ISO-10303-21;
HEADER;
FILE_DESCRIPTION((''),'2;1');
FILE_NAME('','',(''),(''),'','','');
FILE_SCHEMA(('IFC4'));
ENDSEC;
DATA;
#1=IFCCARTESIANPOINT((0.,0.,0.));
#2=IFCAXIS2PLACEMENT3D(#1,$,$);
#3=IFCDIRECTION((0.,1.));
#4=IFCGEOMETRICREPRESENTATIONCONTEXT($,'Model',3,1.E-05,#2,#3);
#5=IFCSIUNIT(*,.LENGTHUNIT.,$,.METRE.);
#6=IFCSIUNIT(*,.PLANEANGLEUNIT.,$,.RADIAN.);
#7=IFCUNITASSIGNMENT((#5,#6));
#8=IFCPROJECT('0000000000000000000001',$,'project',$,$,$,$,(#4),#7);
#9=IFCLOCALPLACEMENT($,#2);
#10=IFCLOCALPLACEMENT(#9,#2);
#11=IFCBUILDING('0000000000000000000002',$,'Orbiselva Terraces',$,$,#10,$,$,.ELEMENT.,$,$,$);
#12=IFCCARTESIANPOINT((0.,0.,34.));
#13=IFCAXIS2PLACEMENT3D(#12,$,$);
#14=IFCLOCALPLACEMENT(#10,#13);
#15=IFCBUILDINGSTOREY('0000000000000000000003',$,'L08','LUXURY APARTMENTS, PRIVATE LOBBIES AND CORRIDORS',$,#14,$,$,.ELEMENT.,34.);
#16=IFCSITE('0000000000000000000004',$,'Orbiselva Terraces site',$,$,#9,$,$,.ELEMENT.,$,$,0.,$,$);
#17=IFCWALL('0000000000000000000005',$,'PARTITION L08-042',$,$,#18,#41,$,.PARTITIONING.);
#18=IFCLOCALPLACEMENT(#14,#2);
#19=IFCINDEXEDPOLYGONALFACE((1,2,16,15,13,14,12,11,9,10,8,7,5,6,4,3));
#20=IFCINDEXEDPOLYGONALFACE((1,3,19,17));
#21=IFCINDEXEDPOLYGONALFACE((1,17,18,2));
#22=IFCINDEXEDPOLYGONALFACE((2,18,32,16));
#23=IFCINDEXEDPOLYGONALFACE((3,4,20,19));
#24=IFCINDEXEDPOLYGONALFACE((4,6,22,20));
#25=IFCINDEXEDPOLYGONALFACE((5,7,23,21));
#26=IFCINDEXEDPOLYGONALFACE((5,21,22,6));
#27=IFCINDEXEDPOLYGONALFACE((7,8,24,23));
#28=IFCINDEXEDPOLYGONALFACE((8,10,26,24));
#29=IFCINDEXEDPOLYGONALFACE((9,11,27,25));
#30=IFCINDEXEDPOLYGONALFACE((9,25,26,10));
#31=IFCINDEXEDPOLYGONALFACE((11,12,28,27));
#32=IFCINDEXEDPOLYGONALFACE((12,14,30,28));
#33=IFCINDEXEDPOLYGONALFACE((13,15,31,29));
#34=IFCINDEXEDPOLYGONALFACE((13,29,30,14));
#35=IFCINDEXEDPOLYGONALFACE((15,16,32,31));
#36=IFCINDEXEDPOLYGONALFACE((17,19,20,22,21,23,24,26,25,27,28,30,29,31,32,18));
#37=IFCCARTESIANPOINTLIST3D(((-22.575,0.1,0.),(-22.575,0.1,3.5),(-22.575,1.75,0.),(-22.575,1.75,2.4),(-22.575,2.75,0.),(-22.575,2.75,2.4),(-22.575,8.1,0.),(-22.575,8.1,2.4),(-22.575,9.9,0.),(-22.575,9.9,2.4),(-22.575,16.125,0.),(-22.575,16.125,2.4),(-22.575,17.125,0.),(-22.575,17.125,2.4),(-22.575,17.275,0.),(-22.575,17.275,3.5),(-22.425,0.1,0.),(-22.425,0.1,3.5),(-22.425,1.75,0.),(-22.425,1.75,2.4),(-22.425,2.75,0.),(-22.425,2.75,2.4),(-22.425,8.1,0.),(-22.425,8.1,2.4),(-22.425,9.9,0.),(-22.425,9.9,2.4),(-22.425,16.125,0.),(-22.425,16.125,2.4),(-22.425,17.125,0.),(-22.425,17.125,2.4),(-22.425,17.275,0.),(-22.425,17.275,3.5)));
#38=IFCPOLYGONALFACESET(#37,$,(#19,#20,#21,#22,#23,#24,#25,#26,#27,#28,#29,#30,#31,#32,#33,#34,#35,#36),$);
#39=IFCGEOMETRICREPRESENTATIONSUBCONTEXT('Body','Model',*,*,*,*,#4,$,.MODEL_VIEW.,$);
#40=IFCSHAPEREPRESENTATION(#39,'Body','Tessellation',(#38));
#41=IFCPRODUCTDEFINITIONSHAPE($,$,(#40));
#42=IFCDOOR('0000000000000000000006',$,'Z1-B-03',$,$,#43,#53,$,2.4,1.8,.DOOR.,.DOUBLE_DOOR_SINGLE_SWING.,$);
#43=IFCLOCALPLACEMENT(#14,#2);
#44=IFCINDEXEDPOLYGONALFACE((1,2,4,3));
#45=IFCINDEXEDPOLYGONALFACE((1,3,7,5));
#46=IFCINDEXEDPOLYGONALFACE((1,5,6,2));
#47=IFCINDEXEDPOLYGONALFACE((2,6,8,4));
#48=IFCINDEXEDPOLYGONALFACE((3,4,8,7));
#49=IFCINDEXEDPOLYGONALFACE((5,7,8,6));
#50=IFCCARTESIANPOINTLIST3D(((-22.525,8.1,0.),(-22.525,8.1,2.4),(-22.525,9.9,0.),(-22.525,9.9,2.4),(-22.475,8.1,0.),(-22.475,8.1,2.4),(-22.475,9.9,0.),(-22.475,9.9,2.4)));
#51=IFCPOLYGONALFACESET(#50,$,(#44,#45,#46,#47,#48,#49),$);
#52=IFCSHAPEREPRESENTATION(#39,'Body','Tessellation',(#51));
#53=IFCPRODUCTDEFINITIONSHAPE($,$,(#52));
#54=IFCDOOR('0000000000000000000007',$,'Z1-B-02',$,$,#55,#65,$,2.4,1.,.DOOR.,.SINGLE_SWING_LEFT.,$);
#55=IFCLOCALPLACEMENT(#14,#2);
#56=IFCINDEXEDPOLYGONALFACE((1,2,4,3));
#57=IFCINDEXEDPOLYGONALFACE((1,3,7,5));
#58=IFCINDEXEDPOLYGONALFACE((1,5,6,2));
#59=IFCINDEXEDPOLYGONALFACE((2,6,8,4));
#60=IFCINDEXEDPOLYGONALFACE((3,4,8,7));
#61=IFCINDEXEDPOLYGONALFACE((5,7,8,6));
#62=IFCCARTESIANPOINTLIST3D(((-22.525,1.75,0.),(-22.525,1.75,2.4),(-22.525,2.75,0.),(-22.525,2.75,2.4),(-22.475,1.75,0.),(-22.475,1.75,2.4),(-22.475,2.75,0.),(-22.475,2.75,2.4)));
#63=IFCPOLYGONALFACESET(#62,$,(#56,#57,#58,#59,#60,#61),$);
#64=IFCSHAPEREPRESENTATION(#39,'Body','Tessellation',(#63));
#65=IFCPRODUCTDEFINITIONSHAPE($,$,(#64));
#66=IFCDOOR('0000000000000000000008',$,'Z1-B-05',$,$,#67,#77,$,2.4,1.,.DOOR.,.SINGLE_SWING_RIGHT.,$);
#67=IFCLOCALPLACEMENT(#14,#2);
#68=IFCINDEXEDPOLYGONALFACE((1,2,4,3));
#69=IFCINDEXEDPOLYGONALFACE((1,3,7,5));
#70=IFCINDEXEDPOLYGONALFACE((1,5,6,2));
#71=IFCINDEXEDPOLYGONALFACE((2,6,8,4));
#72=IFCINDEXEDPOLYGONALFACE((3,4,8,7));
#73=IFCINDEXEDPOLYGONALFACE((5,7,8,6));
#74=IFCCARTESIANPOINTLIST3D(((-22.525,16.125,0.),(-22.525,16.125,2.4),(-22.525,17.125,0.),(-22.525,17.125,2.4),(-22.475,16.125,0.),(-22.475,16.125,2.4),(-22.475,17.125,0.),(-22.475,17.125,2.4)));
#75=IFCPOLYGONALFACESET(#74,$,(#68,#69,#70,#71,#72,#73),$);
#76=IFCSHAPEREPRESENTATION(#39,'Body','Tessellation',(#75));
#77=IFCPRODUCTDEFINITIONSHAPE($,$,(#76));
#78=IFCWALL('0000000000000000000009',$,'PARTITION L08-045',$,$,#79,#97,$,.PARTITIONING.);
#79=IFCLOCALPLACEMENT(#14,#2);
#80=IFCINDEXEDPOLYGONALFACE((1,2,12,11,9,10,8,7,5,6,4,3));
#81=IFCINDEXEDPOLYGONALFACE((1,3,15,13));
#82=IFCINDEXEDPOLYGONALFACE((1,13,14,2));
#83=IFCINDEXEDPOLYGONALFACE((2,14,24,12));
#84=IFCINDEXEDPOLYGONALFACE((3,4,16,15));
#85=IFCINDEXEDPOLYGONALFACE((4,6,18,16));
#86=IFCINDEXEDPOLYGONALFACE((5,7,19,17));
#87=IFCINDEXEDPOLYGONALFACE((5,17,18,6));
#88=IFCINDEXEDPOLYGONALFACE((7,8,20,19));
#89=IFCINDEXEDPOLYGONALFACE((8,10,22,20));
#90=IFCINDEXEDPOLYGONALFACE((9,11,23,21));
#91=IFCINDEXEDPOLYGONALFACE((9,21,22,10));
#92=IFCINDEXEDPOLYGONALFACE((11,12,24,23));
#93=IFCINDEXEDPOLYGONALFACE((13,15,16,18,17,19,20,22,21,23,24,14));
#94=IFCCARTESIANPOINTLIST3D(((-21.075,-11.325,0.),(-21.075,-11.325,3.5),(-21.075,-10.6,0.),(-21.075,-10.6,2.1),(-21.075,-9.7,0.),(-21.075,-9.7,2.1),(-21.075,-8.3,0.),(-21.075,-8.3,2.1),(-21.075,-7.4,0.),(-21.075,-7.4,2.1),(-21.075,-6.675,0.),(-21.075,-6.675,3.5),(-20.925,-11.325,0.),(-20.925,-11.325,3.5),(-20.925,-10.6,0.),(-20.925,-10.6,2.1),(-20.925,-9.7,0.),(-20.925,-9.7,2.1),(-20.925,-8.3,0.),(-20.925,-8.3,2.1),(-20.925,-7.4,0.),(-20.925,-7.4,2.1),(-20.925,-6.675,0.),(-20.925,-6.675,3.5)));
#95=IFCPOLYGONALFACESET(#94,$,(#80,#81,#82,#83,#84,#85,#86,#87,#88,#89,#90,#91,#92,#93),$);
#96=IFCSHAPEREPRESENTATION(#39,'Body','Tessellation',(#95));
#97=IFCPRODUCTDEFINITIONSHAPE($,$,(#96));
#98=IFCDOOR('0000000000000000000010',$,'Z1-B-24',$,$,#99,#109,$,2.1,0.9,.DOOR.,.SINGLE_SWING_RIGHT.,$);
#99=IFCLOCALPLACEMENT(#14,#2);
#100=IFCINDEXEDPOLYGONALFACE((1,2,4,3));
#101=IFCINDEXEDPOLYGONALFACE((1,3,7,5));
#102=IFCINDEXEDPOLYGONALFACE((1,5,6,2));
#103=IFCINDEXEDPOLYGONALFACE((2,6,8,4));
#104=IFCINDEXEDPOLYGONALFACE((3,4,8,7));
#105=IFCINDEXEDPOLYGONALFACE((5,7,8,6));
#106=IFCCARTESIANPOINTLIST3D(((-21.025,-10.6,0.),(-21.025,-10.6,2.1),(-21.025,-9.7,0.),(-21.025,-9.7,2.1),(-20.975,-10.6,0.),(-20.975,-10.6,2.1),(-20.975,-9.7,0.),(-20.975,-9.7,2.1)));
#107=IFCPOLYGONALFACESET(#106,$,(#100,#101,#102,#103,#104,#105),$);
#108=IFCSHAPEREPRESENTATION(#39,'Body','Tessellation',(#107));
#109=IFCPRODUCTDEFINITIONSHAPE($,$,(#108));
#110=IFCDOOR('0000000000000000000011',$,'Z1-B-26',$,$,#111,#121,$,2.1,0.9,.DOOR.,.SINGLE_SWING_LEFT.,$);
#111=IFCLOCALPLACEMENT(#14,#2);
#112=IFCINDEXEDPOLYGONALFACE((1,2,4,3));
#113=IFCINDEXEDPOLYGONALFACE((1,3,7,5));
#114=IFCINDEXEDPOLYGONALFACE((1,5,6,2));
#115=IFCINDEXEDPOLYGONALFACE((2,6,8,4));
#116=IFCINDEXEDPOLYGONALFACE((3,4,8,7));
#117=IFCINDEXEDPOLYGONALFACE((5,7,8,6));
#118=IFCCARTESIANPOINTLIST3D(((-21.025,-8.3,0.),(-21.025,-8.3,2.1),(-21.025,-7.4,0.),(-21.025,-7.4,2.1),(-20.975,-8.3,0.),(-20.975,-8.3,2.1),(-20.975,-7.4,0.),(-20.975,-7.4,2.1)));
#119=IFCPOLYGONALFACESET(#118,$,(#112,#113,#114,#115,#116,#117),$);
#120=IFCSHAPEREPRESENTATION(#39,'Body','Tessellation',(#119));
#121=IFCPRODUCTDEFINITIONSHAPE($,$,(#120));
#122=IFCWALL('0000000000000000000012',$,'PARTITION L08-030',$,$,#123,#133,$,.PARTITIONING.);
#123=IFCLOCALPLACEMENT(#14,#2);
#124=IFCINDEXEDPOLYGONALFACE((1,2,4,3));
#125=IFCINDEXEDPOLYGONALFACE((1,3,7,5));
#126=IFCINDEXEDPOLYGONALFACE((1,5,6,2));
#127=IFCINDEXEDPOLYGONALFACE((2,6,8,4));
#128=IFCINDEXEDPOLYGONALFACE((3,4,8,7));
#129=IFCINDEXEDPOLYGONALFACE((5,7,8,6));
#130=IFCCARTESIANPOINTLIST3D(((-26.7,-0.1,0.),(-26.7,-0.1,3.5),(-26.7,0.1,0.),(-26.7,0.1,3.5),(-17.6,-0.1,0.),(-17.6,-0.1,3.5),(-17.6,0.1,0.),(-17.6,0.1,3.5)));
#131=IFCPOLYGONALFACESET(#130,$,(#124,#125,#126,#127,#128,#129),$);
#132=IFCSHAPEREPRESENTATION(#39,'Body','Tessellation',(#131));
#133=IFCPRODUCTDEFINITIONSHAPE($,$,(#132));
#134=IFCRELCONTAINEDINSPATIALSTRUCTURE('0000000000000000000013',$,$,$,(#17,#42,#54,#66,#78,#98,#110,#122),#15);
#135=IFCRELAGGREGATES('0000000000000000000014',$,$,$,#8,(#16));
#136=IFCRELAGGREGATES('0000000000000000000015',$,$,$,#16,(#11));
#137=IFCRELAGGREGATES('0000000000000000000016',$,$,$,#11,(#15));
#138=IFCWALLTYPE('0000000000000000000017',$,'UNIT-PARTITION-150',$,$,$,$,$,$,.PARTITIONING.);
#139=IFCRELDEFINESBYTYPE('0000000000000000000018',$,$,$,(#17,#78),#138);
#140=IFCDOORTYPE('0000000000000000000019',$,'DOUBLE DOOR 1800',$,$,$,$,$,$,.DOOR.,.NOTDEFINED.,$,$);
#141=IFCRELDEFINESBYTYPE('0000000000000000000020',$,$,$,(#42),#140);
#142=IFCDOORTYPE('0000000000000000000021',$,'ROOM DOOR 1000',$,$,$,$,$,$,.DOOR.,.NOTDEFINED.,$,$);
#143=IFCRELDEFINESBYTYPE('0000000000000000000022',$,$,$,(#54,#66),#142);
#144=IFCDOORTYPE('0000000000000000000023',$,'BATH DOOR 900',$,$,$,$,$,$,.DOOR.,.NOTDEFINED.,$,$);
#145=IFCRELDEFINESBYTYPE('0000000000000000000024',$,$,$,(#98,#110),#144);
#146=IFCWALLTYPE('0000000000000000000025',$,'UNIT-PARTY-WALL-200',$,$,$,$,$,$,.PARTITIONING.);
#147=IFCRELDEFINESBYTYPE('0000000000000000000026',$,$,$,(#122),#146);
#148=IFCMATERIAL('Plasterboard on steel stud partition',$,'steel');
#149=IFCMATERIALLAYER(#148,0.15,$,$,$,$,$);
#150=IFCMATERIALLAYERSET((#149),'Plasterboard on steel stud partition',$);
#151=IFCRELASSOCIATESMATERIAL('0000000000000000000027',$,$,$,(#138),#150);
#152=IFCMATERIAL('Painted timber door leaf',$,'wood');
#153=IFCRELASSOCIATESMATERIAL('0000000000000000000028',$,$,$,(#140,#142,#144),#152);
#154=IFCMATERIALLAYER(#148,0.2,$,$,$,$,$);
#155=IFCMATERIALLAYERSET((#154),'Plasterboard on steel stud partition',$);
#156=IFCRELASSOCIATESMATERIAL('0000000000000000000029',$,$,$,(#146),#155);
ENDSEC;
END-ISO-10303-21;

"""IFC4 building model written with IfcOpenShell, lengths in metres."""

from ifc_helpers import new_model, si_unit, direction, frame, frame_2d, origin, place, context, subcontext, project, spatial, rectangle, extrude, material, layer, layer_set, type_object, element, fill, save


model = new_model("IFC4")

# Units and contexts
model_context = context("Model", 3, precision=1e-05, world=origin(), true_north=direction((0.0, 1.0)))
body_context = subcontext(model_context, "Body", "Model", "MODEL_VIEW")
ifc_project = project(units=[si_unit("LENGTHUNIT", "METRE"), si_unit("PLANEANGLEUNIT", "RADIAN")], contexts=[model_context])

# Site, building, storey
site_placement = place(None, origin())
site = spatial("IfcSite", under=ifc_project, at=site_placement, Name="Orbiselva Terraces site", CompositionType="ELEMENT", RefElevation=0.0)
building_placement = place(site_placement, origin())
building = spatial("IfcBuilding", under=site, at=building_placement, Name="Orbiselva Terraces", CompositionType="ELEMENT")
storey_placement = place(building_placement, frame((0.0, 0.0, 34.0)))
storey = spatial("IfcBuildingStorey", under=building, at=storey_placement, Name="L08", Description="LUXURY APARTMENTS, PRIVATE LOBBIES AND CORRIDORS", CompositionType="ELEMENT", Elevation=34.0)

# Shared definitions
ifc_material_1 = material(Name="Plasterboard on steel stud partition", Category="steel")
ifc_layer_1 = layer(ifc_material_1, 0.15)
ifc_layer_set_1 = layer_set([ifc_layer_1], Name="Plasterboard on steel stud partition")
wall_type_1 = type_object("IfcWallType", Name="UNIT-PARTITION-150", PredefinedType="PARTITIONING", material=ifc_layer_set_1)

# Walls, openings, doors
wall_1_placement = place(storey_placement, frame((-22.5, 0.1, 0.0), z_axis=(0.0, 0.0, 1.0), x_axis=(0.0, 1.0, 0.0)))
wall_1 = element("IfcWall", 1, at=wall_1_placement, inside=storey, type_object=wall_type_1, Name="PARTITION L08-042", PredefinedType="PARTITIONING", context=body_context, shape_type="SweptSolid", body=[
    extrude(rectangle(XDim=17.175, YDim=0.15, at=frame_2d((8.5875, 0.0))), origin(), (0.0, 0.0, 1.0), 3.5),
])
opening_1_placement = place(wall_1_placement, frame((1.65, 0.0, 0.0)))
opening_1 = element("IfcOpeningElement", 2, at=opening_1_placement, cuts=wall_1, PredefinedType="OPENING", context=body_context, shape_type="SweptSolid", body=[
    extrude(rectangle(XDim=1.0, YDim=2.4, at=frame_2d((0.5, 1.2))), frame((0.0, 0.085, 0.0), z_axis=(0.0, -1.0, 0.0), x_axis=(1.0, 0.0, 0.0)), (0.0, 0.0, 1.0), 0.17),
])
opening_2_placement = place(wall_1_placement, frame((8.0, 0.0, 0.0)))
opening_2 = element("IfcOpeningElement", 3, at=opening_2_placement, cuts=wall_1, PredefinedType="OPENING", context=body_context, shape_type="SweptSolid", body=[
    extrude(rectangle(XDim=1.8, YDim=2.4, at=frame_2d((0.9, 1.2))), frame((0.0, 0.085, 0.0), z_axis=(0.0, -1.0, 0.0), x_axis=(1.0, 0.0, 0.0)), (0.0, 0.0, 1.0), 0.17),
])
opening_3_placement = place(wall_1_placement, frame((16.025, 0.0, 0.0)))
opening_3 = element("IfcOpeningElement", 4, at=opening_3_placement, cuts=wall_1, PredefinedType="OPENING", context=body_context, shape_type="SweptSolid", body=[
    extrude(rectangle(XDim=1.0, YDim=2.4, at=frame_2d((0.5, 1.2))), frame((0.0, 0.085, 0.0), z_axis=(0.0, -1.0, 0.0), x_axis=(1.0, 0.0, 0.0)), (0.0, 0.0, 1.0), 0.17),
])
ifc_material_2 = material(Name="Painted timber door leaf", Category="wood")
door_type_1 = type_object("IfcDoorType", Name="DOUBLE DOOR 1800", OperationType="NOTDEFINED", PredefinedType="DOOR", material=ifc_material_2)
door_1_placement = place(opening_2_placement, origin())
door_1 = element("IfcDoor", 5, at=door_1_placement, inside=storey, type_object=door_type_1, Name="Z1-B-03", OperationType="DOUBLE_DOOR_SINGLE_SWING", OverallHeight=2.4, OverallWidth=1.8, PredefinedType="DOOR", context=body_context, shape_type="SweptSolid", body=[
    extrude(rectangle(XDim=1.8, YDim=2.4, at=frame_2d((0.9, 1.2))), frame((0.0, 0.025, 0.0), z_axis=(0.0, -1.0, 0.0), x_axis=(1.0, 0.0, 0.0)), (0.0, 0.0, 1.0), 0.05),
])
fill(opening_2, door_1)
door_type_2 = type_object("IfcDoorType", Name="ROOM DOOR 1000", OperationType="NOTDEFINED", PredefinedType="DOOR", material=ifc_material_2)
door_2_placement = place(opening_1_placement, origin())
door_2 = element("IfcDoor", 6, at=door_2_placement, inside=storey, type_object=door_type_2, Name="Z1-B-02", OperationType="SINGLE_SWING_LEFT", OverallHeight=2.4, OverallWidth=1.0, PredefinedType="DOOR", context=body_context, shape_type="SweptSolid", body=[
    extrude(rectangle(XDim=1.0, YDim=2.4, at=frame_2d((0.5, 1.2))), frame((0.0, 0.025, 0.0), z_axis=(0.0, -1.0, 0.0), x_axis=(1.0, 0.0, 0.0)), (0.0, 0.0, 1.0), 0.05),
])
fill(opening_1, door_2)
door_3_placement = place(opening_3_placement, origin())
door_3 = element("IfcDoor", 7, at=door_3_placement, inside=storey, type_object=door_type_2, Name="Z1-B-05", OperationType="SINGLE_SWING_RIGHT", OverallHeight=2.4, OverallWidth=1.0, PredefinedType="DOOR", context=body_context, shape_type="SweptSolid", body=[
    extrude(rectangle(XDim=1.0, YDim=2.4, at=frame_2d((0.5, 1.2))), frame((0.0, 0.025, 0.0), z_axis=(0.0, -1.0, 0.0), x_axis=(1.0, 0.0, 0.0)), (0.0, 0.0, 1.0), 0.05),
])
fill(opening_3, door_3)
wall_2_placement = place(storey_placement, frame((-21.0, -6.675, 0.0), z_axis=(0.0, 0.0, 1.0), x_axis=(0.0, -1.0, 0.0)))
wall_2 = element("IfcWall", 8, at=wall_2_placement, inside=storey, type_object=wall_type_1, Name="PARTITION L08-045", PredefinedType="PARTITIONING", context=body_context, shape_type="SweptSolid", body=[
    extrude(rectangle(XDim=4.65, YDim=0.15, at=frame_2d((2.325, 0.0))), origin(), (0.0, 0.0, 1.0), 3.5),
])
opening_4_placement = place(wall_2_placement, frame((3.025, 0.0, 0.0)))
opening_4 = element("IfcOpeningElement", 9, at=opening_4_placement, cuts=wall_2, PredefinedType="OPENING", context=body_context, shape_type="SweptSolid", body=[
    extrude(rectangle(XDim=0.9, YDim=2.1, at=frame_2d((0.45, 1.05))), frame((0.0, 0.085, 0.0), z_axis=(0.0, -1.0, 0.0), x_axis=(1.0, 0.0, 0.0)), (0.0, 0.0, 1.0), 0.17),
])
opening_5_placement = place(wall_2_placement, frame((0.725, 0.0, 0.0)))
opening_5 = element("IfcOpeningElement", 10, at=opening_5_placement, cuts=wall_2, PredefinedType="OPENING", context=body_context, shape_type="SweptSolid", body=[
    extrude(rectangle(XDim=0.9, YDim=2.1, at=frame_2d((0.45, 1.05))), frame((0.0, 0.085, 0.0), z_axis=(0.0, -1.0, 0.0), x_axis=(1.0, 0.0, 0.0)), (0.0, 0.0, 1.0), 0.17),
])
door_type_3 = type_object("IfcDoorType", Name="BATH DOOR 900", OperationType="NOTDEFINED", PredefinedType="DOOR", material=ifc_material_2)
door_4_placement = place(opening_4_placement, origin())
door_4 = element("IfcDoor", 11, at=door_4_placement, inside=storey, type_object=door_type_3, Name="Z1-B-24", OperationType="SINGLE_SWING_RIGHT", OverallHeight=2.1, OverallWidth=0.9, PredefinedType="DOOR", context=body_context, shape_type="SweptSolid", body=[
    extrude(rectangle(XDim=0.9, YDim=2.1, at=frame_2d((0.45, 1.05))), frame((0.0, 0.025, 0.0), z_axis=(0.0, -1.0, 0.0), x_axis=(1.0, 0.0, 0.0)), (0.0, 0.0, 1.0), 0.05),
])
fill(opening_4, door_4)
door_5_placement = place(opening_5_placement, origin())
door_5 = element("IfcDoor", 12, at=door_5_placement, inside=storey, type_object=door_type_3, Name="Z1-B-26", OperationType="SINGLE_SWING_LEFT", OverallHeight=2.1, OverallWidth=0.9, PredefinedType="DOOR", context=body_context, shape_type="SweptSolid", body=[
    extrude(rectangle(XDim=0.9, YDim=2.1, at=frame_2d((0.45, 1.05))), frame((0.0, 0.025, 0.0), z_axis=(0.0, -1.0, 0.0), x_axis=(1.0, 0.0, 0.0)), (0.0, 0.0, 1.0), 0.05),
])
fill(opening_5, door_5)

# Wall
ifc_layer_2 = layer(ifc_material_1, 0.2)
ifc_layer_set_2 = layer_set([ifc_layer_2], Name="Plasterboard on steel stud partition")
wall_type_2 = type_object("IfcWallType", Name="UNIT-PARTY-WALL-200", PredefinedType="PARTITIONING", material=ifc_layer_set_2)
wall_3_placement = place(storey_placement, frame((-26.7, 0.0, 0.0), z_axis=(0.0, 0.0, 1.0), x_axis=(1.0, 0.0, 0.0)))
element("IfcWall", 13, at=wall_3_placement, inside=storey, type_object=wall_type_2, Name="PARTITION L08-030", PredefinedType="PARTITIONING", context=body_context, shape_type="SweptSolid", body=[
    extrude(rectangle(XDim=9.1, YDim=0.2, at=frame_2d((4.55, 0.0))), origin(), (0.0, 0.0, 1.0), 3.5),
])

save(model, "model.ifc")
